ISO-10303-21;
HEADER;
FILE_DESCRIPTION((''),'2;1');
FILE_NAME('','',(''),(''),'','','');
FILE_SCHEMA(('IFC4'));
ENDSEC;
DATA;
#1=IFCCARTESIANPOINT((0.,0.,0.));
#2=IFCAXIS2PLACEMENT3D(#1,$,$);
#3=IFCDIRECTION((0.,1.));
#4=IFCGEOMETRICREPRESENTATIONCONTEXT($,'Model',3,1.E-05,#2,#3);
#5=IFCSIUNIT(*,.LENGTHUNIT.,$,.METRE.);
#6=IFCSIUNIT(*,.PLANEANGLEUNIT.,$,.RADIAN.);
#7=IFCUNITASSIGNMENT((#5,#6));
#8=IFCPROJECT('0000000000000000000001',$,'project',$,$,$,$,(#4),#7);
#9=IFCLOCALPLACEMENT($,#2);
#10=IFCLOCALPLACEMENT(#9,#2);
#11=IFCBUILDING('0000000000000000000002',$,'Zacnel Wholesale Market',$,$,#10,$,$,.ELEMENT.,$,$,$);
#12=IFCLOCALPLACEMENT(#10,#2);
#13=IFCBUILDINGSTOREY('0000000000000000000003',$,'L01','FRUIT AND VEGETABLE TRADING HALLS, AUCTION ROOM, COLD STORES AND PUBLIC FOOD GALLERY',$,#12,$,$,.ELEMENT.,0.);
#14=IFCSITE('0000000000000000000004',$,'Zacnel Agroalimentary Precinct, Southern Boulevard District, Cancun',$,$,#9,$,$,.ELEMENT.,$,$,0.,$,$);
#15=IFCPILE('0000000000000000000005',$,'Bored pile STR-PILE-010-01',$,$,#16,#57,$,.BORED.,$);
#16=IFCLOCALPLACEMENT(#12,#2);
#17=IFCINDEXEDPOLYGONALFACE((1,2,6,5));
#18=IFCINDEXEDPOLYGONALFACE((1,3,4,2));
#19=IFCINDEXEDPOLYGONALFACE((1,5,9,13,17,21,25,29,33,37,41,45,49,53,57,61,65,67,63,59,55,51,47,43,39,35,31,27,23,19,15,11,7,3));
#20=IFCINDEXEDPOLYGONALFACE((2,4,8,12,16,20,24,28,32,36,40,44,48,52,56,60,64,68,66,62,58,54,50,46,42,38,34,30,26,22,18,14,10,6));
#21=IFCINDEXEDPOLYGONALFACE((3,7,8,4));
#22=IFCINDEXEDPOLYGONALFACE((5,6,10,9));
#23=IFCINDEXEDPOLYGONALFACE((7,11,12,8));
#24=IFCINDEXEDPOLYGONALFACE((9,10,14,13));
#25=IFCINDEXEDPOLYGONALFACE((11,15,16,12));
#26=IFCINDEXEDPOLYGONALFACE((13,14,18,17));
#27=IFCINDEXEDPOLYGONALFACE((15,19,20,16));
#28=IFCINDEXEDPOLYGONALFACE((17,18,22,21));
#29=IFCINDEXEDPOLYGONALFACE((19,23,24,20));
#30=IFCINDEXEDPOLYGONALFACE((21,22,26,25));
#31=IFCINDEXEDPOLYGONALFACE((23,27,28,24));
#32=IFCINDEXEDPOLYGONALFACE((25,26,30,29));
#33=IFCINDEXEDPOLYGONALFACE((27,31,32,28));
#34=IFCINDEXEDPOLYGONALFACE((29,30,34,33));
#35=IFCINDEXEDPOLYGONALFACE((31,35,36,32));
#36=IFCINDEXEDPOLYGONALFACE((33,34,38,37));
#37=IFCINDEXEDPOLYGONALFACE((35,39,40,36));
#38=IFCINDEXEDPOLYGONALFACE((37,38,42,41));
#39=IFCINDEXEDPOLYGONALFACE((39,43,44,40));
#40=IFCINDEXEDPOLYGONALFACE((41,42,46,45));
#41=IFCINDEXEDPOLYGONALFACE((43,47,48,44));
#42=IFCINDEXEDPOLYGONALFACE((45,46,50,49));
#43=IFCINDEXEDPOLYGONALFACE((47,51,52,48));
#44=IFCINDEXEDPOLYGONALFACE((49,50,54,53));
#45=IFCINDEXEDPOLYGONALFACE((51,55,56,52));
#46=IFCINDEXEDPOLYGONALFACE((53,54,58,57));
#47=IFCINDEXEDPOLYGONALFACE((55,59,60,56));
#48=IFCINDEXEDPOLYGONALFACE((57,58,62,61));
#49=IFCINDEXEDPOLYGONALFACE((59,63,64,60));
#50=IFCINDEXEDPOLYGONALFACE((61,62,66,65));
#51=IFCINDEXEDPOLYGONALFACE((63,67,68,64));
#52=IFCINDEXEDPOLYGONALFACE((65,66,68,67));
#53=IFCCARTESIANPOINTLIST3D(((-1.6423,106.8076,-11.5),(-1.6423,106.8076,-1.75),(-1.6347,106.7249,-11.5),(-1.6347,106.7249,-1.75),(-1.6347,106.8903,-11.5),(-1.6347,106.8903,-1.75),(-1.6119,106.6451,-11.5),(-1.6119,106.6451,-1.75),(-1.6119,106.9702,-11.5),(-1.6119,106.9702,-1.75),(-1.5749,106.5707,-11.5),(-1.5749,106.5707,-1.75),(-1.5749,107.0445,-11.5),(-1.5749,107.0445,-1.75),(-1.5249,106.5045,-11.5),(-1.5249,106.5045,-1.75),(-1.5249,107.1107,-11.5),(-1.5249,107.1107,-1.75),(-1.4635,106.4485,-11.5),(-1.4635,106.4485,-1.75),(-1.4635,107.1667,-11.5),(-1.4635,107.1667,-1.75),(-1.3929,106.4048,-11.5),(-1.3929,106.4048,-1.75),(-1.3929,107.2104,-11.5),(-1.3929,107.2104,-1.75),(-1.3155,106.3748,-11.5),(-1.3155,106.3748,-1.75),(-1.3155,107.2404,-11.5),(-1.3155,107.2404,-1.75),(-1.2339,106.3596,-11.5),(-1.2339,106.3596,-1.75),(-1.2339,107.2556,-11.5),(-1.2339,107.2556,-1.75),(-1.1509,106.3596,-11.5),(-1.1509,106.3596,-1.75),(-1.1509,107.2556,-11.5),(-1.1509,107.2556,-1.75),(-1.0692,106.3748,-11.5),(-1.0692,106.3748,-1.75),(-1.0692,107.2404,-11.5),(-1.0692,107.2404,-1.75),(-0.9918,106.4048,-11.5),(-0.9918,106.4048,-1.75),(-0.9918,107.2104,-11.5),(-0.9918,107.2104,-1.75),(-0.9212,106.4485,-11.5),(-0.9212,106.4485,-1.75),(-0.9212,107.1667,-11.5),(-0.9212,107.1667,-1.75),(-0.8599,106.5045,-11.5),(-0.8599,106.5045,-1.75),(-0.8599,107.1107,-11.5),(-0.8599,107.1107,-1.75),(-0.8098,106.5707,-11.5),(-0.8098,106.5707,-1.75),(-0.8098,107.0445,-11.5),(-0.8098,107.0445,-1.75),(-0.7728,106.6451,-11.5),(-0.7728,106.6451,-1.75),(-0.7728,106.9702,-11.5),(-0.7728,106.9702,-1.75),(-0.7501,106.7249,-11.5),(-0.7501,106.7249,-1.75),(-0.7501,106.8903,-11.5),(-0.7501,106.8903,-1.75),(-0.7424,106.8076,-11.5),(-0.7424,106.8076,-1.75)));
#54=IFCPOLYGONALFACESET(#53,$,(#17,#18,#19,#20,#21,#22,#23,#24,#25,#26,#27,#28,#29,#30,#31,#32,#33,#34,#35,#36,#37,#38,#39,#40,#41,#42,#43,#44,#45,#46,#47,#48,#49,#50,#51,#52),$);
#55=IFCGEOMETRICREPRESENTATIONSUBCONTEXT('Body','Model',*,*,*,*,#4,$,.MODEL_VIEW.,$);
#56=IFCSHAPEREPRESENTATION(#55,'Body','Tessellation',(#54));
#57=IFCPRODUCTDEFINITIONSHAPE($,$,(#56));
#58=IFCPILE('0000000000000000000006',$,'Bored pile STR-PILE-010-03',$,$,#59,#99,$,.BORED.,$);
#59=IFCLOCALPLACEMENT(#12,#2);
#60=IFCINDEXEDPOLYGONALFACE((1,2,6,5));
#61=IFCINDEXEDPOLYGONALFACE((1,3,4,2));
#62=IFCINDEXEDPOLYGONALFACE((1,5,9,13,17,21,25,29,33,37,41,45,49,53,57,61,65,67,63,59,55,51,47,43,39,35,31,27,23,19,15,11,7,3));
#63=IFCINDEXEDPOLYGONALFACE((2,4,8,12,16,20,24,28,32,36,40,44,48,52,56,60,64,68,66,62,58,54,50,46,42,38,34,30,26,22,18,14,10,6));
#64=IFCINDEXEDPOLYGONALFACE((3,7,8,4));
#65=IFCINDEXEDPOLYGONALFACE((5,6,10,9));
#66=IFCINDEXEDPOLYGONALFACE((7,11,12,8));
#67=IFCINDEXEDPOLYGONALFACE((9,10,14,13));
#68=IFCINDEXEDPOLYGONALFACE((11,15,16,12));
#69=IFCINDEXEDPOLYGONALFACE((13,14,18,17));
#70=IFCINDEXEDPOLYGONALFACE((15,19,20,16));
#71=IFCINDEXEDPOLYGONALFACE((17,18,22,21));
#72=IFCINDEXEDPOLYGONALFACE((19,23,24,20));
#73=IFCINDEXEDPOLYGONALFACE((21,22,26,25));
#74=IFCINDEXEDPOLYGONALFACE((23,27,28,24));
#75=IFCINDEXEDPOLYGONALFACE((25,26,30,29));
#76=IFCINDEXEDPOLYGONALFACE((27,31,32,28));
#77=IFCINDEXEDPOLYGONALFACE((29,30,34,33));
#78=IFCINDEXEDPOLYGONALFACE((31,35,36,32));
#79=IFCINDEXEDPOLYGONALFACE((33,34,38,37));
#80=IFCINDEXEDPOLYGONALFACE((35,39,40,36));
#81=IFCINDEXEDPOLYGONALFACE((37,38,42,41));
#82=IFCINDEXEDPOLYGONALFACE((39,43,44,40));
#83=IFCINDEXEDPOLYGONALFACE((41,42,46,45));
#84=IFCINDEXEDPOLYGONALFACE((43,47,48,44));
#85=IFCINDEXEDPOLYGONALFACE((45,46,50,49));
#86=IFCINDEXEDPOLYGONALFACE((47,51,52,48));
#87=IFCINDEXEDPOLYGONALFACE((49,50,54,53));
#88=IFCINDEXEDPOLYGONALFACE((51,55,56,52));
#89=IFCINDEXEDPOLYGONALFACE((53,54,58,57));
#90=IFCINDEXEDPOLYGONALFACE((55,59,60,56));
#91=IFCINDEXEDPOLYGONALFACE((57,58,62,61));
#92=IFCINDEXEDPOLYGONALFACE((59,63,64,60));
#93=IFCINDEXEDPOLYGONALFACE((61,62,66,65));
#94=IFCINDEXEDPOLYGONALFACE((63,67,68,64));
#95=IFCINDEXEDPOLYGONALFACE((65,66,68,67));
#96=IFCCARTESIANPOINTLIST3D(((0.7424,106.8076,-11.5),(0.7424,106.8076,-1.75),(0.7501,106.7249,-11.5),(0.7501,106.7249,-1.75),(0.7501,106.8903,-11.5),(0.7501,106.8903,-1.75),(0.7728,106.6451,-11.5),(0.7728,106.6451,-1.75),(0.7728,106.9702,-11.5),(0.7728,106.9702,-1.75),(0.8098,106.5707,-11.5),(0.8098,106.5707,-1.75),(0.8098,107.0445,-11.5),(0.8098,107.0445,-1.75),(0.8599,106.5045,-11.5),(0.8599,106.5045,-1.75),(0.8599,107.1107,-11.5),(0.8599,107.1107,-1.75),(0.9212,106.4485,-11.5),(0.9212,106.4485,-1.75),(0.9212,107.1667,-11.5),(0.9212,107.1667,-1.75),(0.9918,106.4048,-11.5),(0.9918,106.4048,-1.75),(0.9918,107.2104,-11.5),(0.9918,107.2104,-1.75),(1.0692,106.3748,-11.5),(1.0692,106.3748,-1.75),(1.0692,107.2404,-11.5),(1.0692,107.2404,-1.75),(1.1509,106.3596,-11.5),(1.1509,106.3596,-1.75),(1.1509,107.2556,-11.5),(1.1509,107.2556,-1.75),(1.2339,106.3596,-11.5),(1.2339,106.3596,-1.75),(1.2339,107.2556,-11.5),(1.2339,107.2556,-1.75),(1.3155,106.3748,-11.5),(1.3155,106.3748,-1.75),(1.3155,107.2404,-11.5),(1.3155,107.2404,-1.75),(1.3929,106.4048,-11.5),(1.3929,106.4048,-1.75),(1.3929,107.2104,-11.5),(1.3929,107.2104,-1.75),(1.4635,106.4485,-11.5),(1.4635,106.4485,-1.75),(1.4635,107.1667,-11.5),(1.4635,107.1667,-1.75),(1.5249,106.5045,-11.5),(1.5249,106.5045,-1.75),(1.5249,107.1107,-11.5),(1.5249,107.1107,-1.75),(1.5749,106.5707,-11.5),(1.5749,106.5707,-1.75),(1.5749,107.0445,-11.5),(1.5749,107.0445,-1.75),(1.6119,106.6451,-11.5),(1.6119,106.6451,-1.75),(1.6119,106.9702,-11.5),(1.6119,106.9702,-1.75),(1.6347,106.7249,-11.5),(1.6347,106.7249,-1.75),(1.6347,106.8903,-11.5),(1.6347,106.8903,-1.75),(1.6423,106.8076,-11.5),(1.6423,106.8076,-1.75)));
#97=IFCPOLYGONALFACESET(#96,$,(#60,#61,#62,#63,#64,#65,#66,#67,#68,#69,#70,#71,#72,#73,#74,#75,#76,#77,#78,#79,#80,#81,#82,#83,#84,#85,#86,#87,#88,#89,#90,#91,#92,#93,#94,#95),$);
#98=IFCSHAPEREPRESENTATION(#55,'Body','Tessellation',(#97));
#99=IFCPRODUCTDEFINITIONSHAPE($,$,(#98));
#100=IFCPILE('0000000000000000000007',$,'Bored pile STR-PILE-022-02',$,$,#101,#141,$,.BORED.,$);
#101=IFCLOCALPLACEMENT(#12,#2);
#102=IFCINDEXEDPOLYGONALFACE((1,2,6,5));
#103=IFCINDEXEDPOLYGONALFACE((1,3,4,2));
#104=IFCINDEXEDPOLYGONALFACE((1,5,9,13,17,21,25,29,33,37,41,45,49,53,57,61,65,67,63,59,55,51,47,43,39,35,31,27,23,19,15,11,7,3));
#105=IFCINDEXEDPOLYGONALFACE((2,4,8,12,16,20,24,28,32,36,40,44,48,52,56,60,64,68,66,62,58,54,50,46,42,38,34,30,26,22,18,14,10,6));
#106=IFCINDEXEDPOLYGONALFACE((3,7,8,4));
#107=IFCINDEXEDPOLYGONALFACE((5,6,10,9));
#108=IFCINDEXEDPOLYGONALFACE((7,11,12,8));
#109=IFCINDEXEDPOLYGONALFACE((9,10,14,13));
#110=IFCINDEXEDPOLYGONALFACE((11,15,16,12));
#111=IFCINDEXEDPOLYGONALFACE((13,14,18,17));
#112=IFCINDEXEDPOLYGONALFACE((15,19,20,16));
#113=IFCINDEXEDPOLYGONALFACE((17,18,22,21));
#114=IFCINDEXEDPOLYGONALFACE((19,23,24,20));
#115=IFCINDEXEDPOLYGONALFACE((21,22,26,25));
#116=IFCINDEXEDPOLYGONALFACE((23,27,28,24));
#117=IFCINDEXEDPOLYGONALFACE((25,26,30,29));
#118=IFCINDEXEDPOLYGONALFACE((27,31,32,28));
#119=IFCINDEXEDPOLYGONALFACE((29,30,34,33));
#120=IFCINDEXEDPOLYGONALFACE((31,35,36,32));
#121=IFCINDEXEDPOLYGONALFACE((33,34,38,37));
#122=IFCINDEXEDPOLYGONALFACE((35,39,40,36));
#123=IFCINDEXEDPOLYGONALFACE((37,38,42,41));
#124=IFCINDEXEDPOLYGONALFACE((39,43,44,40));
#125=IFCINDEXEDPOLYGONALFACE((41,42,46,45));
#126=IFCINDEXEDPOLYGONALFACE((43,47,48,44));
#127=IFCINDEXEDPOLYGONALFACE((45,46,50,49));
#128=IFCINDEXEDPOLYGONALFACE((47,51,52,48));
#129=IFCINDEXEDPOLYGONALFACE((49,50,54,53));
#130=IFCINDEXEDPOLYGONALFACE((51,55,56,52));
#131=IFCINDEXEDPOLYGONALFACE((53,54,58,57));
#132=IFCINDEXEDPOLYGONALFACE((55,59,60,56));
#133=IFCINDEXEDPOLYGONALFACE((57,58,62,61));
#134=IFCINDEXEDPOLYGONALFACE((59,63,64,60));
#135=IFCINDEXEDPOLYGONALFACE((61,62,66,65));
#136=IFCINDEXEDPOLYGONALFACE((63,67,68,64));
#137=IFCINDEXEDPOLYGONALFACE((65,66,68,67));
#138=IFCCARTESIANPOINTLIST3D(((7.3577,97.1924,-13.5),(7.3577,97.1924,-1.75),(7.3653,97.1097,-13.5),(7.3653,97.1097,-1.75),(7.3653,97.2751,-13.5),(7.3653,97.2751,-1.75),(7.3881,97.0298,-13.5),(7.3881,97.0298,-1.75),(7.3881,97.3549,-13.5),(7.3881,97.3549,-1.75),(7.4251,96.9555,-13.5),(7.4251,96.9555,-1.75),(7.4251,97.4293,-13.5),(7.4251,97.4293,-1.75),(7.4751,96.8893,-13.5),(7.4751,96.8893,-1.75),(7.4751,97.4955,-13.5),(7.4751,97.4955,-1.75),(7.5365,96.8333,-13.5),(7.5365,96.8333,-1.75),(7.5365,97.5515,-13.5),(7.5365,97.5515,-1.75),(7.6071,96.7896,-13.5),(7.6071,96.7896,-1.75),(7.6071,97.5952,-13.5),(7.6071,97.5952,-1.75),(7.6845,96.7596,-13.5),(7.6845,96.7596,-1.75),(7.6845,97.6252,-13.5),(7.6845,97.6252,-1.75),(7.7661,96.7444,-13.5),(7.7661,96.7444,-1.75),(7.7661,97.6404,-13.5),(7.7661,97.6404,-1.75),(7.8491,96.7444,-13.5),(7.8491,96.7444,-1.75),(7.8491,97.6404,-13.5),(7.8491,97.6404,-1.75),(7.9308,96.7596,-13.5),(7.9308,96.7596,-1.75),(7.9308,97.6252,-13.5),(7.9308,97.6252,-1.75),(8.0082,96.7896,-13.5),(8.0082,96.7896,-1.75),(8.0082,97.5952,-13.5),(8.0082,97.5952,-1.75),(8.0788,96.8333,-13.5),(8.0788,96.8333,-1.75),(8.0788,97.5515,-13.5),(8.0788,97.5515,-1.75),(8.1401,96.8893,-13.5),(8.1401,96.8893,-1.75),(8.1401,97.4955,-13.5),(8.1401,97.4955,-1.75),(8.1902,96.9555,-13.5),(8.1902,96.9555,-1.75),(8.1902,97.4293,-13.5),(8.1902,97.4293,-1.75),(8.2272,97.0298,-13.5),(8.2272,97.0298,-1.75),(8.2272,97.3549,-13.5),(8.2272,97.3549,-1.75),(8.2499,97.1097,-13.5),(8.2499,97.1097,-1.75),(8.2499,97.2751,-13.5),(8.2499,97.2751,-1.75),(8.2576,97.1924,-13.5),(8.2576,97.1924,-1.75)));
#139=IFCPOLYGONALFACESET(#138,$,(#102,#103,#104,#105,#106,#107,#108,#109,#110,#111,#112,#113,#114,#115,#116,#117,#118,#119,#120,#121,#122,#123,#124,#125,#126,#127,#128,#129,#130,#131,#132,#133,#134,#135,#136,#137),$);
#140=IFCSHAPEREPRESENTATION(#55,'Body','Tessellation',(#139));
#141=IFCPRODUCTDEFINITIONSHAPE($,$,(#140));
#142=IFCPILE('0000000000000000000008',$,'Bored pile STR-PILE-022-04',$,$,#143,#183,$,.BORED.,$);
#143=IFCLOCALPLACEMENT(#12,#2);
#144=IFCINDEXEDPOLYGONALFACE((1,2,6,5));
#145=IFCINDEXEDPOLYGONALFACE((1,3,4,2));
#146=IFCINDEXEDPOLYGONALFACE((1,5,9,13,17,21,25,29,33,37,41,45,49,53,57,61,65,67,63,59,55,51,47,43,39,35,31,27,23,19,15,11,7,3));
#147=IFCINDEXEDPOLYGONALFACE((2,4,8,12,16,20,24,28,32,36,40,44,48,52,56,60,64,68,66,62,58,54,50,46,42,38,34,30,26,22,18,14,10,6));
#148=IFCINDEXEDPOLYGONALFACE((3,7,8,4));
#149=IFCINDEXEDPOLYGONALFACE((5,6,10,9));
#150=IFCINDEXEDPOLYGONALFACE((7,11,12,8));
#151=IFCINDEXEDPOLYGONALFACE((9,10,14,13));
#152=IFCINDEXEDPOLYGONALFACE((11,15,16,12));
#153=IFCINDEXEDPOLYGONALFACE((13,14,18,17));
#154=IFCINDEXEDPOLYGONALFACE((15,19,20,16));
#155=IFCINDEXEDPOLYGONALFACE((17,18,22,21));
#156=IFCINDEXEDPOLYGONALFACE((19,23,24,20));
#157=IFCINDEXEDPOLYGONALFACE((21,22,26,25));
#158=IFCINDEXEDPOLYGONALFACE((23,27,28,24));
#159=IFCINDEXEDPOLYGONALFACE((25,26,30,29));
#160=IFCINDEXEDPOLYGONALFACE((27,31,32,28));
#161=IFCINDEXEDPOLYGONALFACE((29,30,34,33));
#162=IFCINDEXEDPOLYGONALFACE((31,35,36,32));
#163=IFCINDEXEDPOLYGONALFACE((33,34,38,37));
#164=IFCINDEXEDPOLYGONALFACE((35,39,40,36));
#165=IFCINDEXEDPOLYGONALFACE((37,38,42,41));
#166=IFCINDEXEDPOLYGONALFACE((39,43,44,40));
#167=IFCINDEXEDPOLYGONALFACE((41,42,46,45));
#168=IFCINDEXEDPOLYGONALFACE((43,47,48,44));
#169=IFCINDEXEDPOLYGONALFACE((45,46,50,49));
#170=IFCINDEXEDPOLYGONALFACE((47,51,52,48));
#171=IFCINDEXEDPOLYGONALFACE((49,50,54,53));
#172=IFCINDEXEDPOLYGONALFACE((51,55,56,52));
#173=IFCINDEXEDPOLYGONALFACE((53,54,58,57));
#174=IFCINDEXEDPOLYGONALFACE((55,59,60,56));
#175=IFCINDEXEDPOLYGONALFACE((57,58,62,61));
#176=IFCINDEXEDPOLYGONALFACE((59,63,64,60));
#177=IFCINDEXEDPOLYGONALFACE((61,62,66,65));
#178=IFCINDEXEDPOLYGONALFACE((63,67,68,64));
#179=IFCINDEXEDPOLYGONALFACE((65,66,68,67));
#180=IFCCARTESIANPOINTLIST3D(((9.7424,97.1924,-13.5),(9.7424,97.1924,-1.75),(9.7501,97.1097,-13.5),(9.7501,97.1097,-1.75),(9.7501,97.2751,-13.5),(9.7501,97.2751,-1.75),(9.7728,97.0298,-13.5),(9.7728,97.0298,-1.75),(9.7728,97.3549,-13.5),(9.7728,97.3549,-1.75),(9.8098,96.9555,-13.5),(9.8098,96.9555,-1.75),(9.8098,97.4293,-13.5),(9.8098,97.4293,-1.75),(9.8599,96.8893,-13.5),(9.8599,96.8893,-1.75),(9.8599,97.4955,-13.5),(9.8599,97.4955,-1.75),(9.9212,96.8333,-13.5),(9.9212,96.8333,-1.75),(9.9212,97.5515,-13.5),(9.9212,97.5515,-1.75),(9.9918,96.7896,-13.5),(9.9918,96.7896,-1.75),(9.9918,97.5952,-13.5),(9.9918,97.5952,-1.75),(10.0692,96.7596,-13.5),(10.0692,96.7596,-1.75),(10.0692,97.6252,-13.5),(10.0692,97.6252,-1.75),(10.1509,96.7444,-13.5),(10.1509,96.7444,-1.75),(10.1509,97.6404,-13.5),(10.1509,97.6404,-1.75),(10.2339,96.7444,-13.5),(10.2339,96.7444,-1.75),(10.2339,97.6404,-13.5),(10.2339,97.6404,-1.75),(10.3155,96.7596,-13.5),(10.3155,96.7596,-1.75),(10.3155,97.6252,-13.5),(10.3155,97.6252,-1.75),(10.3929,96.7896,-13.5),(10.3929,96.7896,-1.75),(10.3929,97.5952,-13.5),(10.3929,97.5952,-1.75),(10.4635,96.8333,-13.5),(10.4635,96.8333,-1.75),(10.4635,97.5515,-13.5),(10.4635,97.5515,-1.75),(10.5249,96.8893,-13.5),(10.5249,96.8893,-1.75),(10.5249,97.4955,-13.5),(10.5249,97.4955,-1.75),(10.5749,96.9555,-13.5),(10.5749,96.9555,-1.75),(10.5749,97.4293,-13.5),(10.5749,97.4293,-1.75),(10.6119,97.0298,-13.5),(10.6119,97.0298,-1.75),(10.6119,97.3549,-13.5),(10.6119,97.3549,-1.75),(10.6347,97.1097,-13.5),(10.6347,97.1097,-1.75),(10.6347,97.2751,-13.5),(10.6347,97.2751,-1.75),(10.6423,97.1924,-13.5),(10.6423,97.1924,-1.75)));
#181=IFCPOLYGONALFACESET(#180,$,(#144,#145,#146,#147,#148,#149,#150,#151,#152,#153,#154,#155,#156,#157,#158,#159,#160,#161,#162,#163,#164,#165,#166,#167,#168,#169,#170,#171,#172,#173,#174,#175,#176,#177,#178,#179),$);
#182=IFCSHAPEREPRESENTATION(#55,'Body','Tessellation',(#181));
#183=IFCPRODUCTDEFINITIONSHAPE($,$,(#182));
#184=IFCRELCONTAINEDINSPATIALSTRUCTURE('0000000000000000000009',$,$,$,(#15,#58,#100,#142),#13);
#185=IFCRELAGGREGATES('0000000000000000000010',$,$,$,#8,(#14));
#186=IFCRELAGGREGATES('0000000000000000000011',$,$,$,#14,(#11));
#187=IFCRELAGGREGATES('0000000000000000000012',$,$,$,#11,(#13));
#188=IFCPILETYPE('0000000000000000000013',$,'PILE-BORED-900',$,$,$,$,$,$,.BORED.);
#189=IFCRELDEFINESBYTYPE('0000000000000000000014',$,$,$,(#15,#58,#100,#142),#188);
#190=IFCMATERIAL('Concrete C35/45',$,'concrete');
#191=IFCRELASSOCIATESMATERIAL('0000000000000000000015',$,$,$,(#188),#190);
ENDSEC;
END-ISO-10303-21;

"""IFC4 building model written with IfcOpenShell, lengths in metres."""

from ifc_helpers import new_model, si_unit, direction, frame, origin, origin_2d, place, context, subcontext, project, spatial, circle, extrude, material, material_profile, profile_set, type_object, element, save


model = new_model("IFC4")

# Units and contexts
model_context = context("Model", 3, precision=1e-05, world=origin(), true_north=direction((0.0, 1.0)))
body_context = subcontext(model_context, "Body", "Model", "MODEL_VIEW")
ifc_project = project(units=[si_unit("LENGTHUNIT", "METRE"), si_unit("PLANEANGLEUNIT", "RADIAN")], contexts=[model_context])

# Site, building, storey
site_placement = place(None, origin())
site = spatial("IfcSite", under=ifc_project, at=site_placement, Name="Zacnel Agroalimentary Precinct, Southern Boulevard District, Cancun", CompositionType="ELEMENT", RefElevation=0.0)
building_placement = place(site_placement, origin())
building = spatial("IfcBuilding", under=site, at=building_placement, Name="Zacnel Wholesale Market", CompositionType="ELEMENT")
storey_placement = place(building_placement, origin())
storey = spatial("IfcBuildingStorey", under=building, at=storey_placement, Name="L01", Description="FRUIT AND VEGETABLE TRADING HALLS, AUCTION ROOM, COLD STORES AND PUBLIC FOOD GALLERY", CompositionType="ELEMENT", Elevation=0.0)

# Piles
ifc_material_1 = material(Name="Concrete C35/45", Category="concrete")
ifc_material_profile_1 = material_profile(ifc_material_1, circle(Radius=0.45, at=origin_2d()), Name="BORED PILE D900")
ifc_profile_set_1 = profile_set([ifc_material_profile_1], Name="Concrete C35/45")
pile_type = type_object("IfcPileType", Name="PILE-BORED-900", PredefinedType="BORED", material=ifc_profile_set_1)
for number, where, z_axis, x_axis, name in (
    (1, (-1.1924, 106.8076, -1.75), (0.0, 0.0, -1.0), (1.0, 0.0, 0.0), "Bored pile STR-PILE-010-01"),
    (2, (1.1924, 106.8076, -1.75), (0.0, 0.0, -1.0), (1.0, 0.0, 0.0), "Bored pile STR-PILE-010-03"),
):
    element("IfcPile", number, at=place(storey_placement, frame(where, z_axis=z_axis, x_axis=x_axis)), inside=storey, type_object=pile_type, Name=name, PredefinedType="BORED", context=body_context, shape_type="SweptSolid", body=[
        extrude(circle(Radius=0.45, at=origin_2d()), origin(), (0.0, 0.0, 1.0), 9.75),
    ])
for number, where, z_axis, x_axis, name in (
    (3, (7.8076, 97.1924, -1.75), (0.0, 0.0, -1.0), (1.0, 0.0, 0.0), "Bored pile STR-PILE-022-02"),
    (4, (10.1924, 97.1924, -1.75), (0.0, 0.0, -1.0), (1.0, 0.0, 0.0), "Bored pile STR-PILE-022-04"),
):
    element("IfcPile", number, at=place(storey_placement, frame(where, z_axis=z_axis, x_axis=x_axis)), inside=storey, type_object=pile_type, Name=name, PredefinedType="BORED", context=body_context, shape_type="SweptSolid", body=[
        extrude(circle(Radius=0.45, at=origin_2d()), origin(), (0.0, 0.0, 1.0), 11.75),
    ])

save(model, "model.ifc")
